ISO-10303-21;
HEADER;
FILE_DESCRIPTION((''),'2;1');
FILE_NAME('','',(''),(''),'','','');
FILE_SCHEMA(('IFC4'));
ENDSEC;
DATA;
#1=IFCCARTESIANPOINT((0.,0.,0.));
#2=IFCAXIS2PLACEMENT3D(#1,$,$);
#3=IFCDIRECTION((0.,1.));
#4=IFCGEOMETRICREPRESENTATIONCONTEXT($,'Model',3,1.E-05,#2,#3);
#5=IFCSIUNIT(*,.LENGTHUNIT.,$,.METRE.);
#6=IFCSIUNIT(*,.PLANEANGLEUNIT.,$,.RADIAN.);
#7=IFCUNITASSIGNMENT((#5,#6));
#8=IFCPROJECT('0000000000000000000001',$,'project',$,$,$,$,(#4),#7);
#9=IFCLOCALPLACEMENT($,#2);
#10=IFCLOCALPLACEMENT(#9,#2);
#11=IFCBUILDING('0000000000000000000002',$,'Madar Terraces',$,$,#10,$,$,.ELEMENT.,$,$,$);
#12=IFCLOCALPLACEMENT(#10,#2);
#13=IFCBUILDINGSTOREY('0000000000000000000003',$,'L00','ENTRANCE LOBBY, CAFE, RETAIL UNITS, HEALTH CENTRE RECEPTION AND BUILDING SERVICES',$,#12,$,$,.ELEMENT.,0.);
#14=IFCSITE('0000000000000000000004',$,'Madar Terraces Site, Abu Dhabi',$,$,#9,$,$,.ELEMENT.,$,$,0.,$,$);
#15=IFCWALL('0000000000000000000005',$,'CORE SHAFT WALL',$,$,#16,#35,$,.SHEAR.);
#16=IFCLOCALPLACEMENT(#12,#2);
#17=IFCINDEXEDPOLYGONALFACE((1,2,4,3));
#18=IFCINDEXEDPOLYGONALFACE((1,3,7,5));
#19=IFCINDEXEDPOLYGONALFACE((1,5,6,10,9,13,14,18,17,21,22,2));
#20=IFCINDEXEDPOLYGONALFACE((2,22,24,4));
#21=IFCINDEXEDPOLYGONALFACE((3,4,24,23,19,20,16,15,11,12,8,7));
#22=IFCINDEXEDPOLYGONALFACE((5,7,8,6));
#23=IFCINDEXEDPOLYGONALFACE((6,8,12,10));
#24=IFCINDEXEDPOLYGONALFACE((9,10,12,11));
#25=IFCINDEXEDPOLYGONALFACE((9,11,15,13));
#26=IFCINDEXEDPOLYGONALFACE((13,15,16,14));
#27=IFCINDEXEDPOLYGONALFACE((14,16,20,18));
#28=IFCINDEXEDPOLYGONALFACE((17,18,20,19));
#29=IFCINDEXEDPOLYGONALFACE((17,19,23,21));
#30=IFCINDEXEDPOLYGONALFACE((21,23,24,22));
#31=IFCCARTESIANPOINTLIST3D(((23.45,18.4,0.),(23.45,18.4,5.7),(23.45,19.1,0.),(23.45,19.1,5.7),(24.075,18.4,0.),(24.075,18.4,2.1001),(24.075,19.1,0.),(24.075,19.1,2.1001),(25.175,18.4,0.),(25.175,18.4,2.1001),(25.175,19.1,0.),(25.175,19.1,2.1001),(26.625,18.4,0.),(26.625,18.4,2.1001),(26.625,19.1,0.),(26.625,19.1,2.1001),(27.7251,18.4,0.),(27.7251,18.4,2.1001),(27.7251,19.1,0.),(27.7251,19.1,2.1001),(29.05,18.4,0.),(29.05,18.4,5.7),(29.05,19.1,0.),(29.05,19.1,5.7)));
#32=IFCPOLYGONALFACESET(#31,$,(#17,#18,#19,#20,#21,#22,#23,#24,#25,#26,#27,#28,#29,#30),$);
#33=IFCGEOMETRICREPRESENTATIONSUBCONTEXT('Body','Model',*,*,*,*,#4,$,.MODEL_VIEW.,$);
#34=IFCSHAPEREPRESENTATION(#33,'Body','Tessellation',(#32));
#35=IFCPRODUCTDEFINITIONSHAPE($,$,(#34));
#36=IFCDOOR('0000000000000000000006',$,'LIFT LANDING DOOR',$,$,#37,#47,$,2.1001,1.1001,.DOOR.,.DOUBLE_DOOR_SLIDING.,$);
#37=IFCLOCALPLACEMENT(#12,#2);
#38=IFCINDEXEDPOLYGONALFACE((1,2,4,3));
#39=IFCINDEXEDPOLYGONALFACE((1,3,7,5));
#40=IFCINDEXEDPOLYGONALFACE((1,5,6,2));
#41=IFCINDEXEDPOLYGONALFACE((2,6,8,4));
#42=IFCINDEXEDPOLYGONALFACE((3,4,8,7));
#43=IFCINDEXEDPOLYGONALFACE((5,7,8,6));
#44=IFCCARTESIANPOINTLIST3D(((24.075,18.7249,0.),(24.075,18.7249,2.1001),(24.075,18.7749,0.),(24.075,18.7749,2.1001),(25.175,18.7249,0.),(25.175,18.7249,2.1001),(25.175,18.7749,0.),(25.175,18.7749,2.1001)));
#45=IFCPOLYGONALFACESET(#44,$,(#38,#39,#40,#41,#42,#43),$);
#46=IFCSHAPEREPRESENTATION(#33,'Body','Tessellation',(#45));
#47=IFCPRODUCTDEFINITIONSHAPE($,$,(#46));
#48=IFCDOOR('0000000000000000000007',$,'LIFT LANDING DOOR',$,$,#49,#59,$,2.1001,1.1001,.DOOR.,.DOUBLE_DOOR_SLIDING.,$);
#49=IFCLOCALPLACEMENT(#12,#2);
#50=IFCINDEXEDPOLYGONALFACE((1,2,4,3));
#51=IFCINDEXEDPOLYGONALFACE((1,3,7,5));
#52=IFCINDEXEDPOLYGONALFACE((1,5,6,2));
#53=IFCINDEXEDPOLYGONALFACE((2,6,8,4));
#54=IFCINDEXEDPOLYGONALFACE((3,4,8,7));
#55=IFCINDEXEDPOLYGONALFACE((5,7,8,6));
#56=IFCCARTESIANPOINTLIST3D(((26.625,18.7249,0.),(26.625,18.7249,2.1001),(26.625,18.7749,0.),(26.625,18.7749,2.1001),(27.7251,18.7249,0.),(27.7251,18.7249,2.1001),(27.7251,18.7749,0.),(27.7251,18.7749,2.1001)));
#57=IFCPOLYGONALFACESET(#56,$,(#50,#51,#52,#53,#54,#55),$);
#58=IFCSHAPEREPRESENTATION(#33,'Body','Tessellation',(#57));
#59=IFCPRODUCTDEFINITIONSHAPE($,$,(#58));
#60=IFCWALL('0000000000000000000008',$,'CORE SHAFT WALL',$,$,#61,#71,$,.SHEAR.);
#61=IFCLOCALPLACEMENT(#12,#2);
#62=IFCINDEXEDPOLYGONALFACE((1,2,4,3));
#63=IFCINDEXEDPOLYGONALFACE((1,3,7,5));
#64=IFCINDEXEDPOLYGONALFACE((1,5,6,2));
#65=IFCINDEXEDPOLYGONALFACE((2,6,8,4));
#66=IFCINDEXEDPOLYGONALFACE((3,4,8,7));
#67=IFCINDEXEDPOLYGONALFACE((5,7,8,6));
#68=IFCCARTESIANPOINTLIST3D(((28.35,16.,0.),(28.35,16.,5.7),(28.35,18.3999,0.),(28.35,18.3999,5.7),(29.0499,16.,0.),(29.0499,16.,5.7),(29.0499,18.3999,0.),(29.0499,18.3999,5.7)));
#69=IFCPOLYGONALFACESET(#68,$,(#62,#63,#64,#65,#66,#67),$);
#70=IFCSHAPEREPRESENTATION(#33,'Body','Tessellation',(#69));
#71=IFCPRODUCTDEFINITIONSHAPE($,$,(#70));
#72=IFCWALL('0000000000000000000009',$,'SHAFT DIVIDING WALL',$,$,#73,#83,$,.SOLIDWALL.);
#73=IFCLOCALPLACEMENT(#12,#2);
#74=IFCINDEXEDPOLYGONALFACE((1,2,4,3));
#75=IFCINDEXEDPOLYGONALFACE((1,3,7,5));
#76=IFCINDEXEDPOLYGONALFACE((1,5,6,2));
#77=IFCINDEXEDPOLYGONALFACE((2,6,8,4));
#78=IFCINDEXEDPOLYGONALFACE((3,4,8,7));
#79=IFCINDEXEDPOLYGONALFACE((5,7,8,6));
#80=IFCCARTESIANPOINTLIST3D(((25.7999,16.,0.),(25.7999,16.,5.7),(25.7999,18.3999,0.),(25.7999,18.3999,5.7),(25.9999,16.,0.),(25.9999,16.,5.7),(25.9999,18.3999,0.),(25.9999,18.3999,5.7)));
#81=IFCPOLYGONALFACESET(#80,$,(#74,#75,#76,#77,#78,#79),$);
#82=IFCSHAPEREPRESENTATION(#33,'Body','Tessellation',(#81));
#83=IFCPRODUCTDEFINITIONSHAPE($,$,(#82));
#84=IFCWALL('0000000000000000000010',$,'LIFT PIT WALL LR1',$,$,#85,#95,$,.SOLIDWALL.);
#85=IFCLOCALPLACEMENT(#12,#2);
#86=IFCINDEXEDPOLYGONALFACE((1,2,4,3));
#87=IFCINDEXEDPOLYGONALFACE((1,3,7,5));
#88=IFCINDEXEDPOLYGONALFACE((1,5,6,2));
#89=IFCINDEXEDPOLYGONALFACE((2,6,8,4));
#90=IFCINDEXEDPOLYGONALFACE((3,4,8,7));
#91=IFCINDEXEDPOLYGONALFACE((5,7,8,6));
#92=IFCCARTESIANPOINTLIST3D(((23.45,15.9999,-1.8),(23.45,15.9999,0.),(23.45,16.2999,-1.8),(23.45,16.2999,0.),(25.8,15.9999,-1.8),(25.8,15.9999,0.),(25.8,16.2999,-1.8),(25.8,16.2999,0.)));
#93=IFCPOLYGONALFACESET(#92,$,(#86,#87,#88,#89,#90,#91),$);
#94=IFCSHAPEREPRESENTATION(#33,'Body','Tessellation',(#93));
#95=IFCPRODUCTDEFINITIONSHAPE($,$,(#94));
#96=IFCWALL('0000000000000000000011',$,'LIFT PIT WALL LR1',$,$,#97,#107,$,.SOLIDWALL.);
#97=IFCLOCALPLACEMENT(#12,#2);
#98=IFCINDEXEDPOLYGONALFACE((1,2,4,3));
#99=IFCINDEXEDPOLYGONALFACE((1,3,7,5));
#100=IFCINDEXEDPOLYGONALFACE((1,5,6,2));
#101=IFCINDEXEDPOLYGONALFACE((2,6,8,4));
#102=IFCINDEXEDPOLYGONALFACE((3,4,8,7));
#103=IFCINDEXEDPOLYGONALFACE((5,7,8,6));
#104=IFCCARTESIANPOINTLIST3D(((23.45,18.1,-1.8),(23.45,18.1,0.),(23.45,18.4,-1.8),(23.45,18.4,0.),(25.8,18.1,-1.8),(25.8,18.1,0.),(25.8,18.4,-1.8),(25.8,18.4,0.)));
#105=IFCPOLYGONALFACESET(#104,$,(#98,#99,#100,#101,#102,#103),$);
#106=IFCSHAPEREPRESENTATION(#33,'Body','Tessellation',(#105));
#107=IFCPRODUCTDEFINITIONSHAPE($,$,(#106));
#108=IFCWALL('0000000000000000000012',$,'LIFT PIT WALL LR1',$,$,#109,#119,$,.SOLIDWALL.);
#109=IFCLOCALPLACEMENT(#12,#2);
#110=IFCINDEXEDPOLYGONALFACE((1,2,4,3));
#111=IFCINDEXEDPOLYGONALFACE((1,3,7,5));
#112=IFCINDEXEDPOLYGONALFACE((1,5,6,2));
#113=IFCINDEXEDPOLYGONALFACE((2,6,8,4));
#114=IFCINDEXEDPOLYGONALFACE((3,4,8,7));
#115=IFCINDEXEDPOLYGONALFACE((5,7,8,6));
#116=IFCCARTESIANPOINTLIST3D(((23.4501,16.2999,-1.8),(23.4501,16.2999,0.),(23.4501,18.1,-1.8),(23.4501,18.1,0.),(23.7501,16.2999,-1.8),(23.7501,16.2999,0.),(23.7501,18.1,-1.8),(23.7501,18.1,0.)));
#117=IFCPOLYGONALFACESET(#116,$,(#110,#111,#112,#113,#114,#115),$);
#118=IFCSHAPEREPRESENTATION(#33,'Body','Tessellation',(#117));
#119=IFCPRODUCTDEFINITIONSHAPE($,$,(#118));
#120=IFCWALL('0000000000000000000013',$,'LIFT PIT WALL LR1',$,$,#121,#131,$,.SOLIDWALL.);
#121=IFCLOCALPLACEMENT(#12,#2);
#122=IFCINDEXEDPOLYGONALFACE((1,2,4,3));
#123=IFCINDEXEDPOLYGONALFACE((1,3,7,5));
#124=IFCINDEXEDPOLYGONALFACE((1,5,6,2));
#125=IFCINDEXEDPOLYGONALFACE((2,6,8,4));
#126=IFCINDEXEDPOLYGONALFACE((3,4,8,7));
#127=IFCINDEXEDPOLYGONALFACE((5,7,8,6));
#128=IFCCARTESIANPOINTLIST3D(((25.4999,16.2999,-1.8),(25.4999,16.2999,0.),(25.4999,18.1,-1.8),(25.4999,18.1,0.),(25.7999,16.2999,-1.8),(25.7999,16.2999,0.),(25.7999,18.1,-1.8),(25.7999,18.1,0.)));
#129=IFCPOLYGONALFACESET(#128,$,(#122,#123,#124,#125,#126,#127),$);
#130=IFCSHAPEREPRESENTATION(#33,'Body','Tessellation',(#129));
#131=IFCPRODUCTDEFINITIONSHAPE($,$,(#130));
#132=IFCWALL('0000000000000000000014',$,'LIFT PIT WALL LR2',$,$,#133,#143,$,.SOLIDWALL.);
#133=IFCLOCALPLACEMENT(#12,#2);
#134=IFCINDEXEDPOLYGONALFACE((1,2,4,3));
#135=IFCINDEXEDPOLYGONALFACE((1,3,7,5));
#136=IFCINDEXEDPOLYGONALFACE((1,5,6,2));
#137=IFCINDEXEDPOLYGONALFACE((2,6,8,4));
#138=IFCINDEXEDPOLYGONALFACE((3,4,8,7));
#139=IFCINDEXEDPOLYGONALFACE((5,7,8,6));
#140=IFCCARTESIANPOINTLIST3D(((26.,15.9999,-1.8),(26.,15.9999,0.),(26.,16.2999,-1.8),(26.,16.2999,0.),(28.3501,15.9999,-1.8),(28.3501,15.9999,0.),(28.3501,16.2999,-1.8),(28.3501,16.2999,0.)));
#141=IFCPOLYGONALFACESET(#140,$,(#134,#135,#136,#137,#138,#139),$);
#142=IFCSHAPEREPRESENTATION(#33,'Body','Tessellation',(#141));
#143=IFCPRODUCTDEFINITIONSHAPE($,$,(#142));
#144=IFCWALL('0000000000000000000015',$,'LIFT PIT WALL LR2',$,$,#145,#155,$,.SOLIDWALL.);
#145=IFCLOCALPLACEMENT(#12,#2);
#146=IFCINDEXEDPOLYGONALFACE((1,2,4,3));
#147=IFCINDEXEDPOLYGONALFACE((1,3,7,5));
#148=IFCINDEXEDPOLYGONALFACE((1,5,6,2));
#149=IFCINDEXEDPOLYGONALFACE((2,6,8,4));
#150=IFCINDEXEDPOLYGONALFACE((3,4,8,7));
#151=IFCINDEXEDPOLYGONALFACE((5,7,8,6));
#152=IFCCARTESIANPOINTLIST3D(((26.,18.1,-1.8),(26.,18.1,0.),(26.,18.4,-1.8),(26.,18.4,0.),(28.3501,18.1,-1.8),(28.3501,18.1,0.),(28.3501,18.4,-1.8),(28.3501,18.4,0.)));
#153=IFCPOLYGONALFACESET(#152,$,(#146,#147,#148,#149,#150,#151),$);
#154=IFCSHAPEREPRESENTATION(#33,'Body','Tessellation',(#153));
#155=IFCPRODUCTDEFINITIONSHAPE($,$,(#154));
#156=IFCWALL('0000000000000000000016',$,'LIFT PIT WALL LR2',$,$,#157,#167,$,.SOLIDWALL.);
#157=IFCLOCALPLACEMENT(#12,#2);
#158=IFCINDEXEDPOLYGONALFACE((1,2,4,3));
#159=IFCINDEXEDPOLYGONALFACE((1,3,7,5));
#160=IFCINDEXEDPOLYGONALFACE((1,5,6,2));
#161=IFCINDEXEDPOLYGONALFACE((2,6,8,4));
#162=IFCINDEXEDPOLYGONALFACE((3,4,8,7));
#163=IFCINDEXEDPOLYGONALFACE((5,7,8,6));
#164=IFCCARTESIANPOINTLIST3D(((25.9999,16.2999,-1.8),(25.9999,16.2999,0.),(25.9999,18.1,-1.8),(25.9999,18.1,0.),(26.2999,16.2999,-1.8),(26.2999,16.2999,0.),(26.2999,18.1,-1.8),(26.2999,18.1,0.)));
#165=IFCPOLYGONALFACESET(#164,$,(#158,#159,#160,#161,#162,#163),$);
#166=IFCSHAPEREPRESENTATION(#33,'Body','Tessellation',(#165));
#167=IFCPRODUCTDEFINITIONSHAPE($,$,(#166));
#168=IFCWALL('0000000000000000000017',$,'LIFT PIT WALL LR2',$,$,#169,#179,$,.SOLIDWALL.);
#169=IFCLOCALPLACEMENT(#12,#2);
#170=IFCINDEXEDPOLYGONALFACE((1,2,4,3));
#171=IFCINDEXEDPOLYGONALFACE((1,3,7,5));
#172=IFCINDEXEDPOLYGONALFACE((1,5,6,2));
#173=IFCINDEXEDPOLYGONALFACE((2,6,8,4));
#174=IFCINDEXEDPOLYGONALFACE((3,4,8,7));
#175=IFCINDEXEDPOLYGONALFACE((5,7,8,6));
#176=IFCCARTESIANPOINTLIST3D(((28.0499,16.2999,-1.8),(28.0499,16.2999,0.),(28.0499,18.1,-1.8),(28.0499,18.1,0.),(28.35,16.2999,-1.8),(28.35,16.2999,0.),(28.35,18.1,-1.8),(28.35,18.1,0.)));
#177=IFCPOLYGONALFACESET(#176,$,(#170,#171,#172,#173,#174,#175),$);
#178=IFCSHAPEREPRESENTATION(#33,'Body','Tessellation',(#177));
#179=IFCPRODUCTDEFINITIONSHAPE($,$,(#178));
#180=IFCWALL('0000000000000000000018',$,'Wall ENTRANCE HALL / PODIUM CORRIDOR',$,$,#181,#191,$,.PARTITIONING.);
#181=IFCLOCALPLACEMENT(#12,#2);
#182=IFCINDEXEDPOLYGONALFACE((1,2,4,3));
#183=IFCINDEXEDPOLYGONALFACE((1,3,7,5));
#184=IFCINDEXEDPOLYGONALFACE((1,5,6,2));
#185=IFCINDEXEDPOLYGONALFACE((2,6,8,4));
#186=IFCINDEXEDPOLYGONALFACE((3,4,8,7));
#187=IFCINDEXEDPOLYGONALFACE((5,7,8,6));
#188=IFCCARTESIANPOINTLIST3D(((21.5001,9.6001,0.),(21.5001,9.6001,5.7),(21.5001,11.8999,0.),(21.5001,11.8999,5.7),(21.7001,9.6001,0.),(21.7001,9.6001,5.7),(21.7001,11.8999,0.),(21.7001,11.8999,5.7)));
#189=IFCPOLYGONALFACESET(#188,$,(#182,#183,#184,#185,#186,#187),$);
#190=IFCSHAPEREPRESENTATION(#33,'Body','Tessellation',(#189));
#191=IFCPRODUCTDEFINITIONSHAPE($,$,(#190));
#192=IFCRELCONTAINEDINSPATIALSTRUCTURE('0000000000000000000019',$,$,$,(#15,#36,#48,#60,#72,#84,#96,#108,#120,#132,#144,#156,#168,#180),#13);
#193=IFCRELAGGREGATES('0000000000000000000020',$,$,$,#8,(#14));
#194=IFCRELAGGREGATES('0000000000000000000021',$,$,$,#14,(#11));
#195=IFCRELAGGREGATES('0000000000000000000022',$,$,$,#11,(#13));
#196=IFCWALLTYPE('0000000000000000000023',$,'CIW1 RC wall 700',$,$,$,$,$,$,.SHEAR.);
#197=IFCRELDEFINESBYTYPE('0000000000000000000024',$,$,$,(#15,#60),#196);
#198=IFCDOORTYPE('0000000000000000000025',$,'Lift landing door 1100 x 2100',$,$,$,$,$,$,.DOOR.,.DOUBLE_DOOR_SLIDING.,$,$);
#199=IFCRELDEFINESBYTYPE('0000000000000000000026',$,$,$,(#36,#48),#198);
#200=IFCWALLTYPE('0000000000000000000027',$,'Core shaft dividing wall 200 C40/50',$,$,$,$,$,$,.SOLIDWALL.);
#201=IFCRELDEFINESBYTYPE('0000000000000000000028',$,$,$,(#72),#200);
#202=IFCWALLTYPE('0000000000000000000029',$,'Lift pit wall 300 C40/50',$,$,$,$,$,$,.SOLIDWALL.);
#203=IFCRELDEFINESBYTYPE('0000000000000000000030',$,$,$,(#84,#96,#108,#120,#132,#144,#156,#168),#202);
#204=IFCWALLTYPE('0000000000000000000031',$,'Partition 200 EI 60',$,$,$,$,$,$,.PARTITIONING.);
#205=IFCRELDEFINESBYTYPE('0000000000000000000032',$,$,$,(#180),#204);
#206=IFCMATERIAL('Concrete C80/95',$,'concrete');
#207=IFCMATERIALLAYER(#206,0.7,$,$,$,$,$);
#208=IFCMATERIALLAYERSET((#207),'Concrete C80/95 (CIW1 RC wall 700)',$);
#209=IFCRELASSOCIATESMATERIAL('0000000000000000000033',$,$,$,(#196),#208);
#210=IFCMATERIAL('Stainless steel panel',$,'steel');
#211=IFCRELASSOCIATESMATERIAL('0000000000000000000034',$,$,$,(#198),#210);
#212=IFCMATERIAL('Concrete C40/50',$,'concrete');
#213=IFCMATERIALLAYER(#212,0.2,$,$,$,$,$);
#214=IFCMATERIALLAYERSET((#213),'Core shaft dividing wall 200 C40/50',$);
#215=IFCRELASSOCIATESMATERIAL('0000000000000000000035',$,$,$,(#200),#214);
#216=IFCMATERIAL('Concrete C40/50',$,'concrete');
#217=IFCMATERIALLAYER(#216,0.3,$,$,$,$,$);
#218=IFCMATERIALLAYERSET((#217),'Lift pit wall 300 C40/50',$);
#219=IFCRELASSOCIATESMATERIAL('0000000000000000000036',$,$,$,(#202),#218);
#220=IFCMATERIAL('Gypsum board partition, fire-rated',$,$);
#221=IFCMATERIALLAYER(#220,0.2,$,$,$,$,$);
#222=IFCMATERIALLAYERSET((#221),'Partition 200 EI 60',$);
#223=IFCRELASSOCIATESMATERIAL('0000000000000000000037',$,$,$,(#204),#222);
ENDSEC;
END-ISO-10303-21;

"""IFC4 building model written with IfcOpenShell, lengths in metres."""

from ifc_helpers import new_model, si_unit, direction, frame, frame_2d, origin, place, context, subcontext, project, spatial, rectangle, extrude, material, layer, layer_set, type_object, element, fill, save


model = new_model("IFC4")

# Units and contexts
model_context = context("Model", 3, precision=1e-05, world=origin(), true_north=direction((0.0, 1.0)))
body_context = subcontext(model_context, "Body", "Model", "MODEL_VIEW")
ifc_project = project(units=[si_unit("LENGTHUNIT", "METRE"), si_unit("PLANEANGLEUNIT", "RADIAN")], contexts=[model_context])

# Site, building, storey
site_placement = place(None, origin())
site = spatial("IfcSite", under=ifc_project, at=site_placement, Name="Madar Terraces Site, Abu Dhabi", CompositionType="ELEMENT", RefElevation=0.0)
building_placement = place(site_placement, origin())
building = spatial("IfcBuilding", under=site, at=building_placement, Name="Madar Terraces", CompositionType="ELEMENT")
storey_placement = place(building_placement, origin())
storey = spatial("IfcBuildingStorey", under=building, at=storey_placement, Name="L00", Description="ENTRANCE LOBBY, CAFE, RETAIL UNITS, HEALTH CENTRE RECEPTION AND BUILDING SERVICES", CompositionType="ELEMENT", Elevation=0.0)

# Shared definitions
ifc_material_1 = material(Name="Concrete C80/95", Category="concrete")
ifc_layer_1 = layer(ifc_material_1, 0.7)
ifc_layer_set_1 = layer_set([ifc_layer_1], Name="Concrete C80/95 (CIW1 RC wall 700)")
wall_type_1 = type_object("IfcWallType", Name="CIW1 RC wall 700", PredefinedType="SHEAR", material=ifc_layer_set_1)

# Wall, openings, doors
wall_1_placement = place(storey_placement, frame((23.45, 18.75, 0.0), z_axis=(0.0, 0.0, 1.0), x_axis=(1.0, 0.0, 0.0)))
wall_1 = element("IfcWall", 1, at=wall_1_placement, inside=storey, type_object=wall_type_1, Name="CORE SHAFT WALL", PredefinedType="SHEAR", context=body_context, shape_type="SweptSolid", body=[
    extrude(rectangle(XDim=5.6001, YDim=0.7, at=frame_2d((2.8, 0.0))), origin(), (0.0, 0.0, 1.0), 5.7),
])
opening_1_placement = place(wall_1_placement, frame((0.625, 0.0, 0.0)))
opening_1 = element("IfcOpeningElement", 2, at=opening_1_placement, cuts=wall_1, PredefinedType="OPENING", context=body_context, shape_type="SweptSolid", body=[
    extrude(rectangle(XDim=1.1001, YDim=2.1001, at=frame_2d((0.55, 1.05))), frame((0.0, 0.3599, 0.0), z_axis=(0.0, -1.0, 0.0), x_axis=(1.0, 0.0, 0.0)), (0.0, 0.0, 1.0), 0.72),
])
opening_2_placement = place(wall_1_placement, frame((3.175, 0.0, 0.0)))
opening_2 = element("IfcOpeningElement", 3, at=opening_2_placement, cuts=wall_1, PredefinedType="OPENING", context=body_context, shape_type="SweptSolid", body=[
    extrude(rectangle(XDim=1.1001, YDim=2.1001, at=frame_2d((0.55, 1.05))), frame((0.0, 0.3599, 0.0), z_axis=(0.0, -1.0, 0.0), x_axis=(1.0, 0.0, 0.0)), (0.0, 0.0, 1.0), 0.72),
])
ifc_material_2 = material(Name="Stainless steel panel", Category="steel")
door_type = type_object("IfcDoorType", Name="Lift landing door 1100 x 2100", OperationType="DOUBLE_DOOR_SLIDING", PredefinedType="DOOR", material=ifc_material_2)
door_1_placement = place(opening_1_placement, origin())
door_1 = element("IfcDoor", 4, at=door_1_placement, inside=storey, type_object=door_type, Name="LIFT LANDING DOOR", OperationType="DOUBLE_DOOR_SLIDING", OverallHeight=2.1001, OverallWidth=1.1001, PredefinedType="DOOR", context=body_context, shape_type="SweptSolid", body=[
    extrude(rectangle(XDim=1.1001, YDim=2.1001, at=frame_2d((0.55, 1.05))), frame((0.0, 0.0249, 0.0), z_axis=(0.0, -1.0, 0.0), x_axis=(1.0, 0.0, 0.0)), (0.0, 0.0, 1.0), 0.05),
])
fill(opening_1, door_1)
door_2_placement = place(opening_2_placement, origin())
door_2 = element("IfcDoor", 5, at=door_2_placement, inside=storey, type_object=door_type, Name="LIFT LANDING DOOR", OperationType="DOUBLE_DOOR_SLIDING", OverallHeight=2.1001, OverallWidth=1.1001, PredefinedType="DOOR", context=body_context, shape_type="SweptSolid", body=[
    extrude(rectangle(XDim=1.1001, YDim=2.1001, at=frame_2d((0.55, 1.05))), frame((0.0, 0.0249, 0.0), z_axis=(0.0, -1.0, 0.0), x_axis=(1.0, 0.0, 0.0)), (0.0, 0.0, 1.0), 0.05),
])
fill(opening_2, door_2)

# Walls
wall_2_placement = place(storey_placement, frame((28.7, 16.0, 0.0), z_axis=(0.0, 0.0, 1.0), x_axis=(0.0, 1.0, 0.0)))
element("IfcWall", 6, at=wall_2_placement, inside=storey, type_object=wall_type_1, Name="CORE SHAFT WALL", PredefinedType="SHEAR", context=body_context, shape_type="SweptSolid", body=[
    extrude(rectangle(XDim=2.3999, YDim=0.7, at=frame_2d((1.2, 0.0))), origin(), (0.0, 0.0, 1.0), 5.7),
])
ifc_material_3 = material(Name="Concrete C40/50", Category="concrete")
ifc_layer_2 = layer(ifc_material_3, 0.2)
ifc_layer_set_2 = layer_set([ifc_layer_2], Name="Core shaft dividing wall 200 C40/50")
wall_type_2 = type_object("IfcWallType", Name="Core shaft dividing wall 200 C40/50", PredefinedType="SOLIDWALL", material=ifc_layer_set_2)
wall_3_placement = place(storey_placement, frame((25.8999, 16.0, 0.0), z_axis=(0.0, 0.0, 1.0), x_axis=(0.0, 1.0, 0.0)))
element("IfcWall", 7, at=wall_3_placement, inside=storey, type_object=wall_type_2, Name="SHAFT DIVIDING WALL", PredefinedType="SOLIDWALL", context=body_context, shape_type="SweptSolid", body=[
    extrude(rectangle(XDim=2.3999, YDim=0.2, at=frame_2d((1.2, 0.0))), origin(), (0.0, 0.0, 1.0), 5.7),
])
ifc_material_4 = material(Name="Concrete C40/50", Category="concrete")
ifc_layer_3 = layer(ifc_material_4, 0.3)
ifc_layer_set_3 = layer_set([ifc_layer_3], Name="Lift pit wall 300 C40/50")
wall_type_3 = type_object("IfcWallType", Name="Lift pit wall 300 C40/50", PredefinedType="SOLIDWALL", material=ifc_layer_set_3)
for number, where, z_axis, x_axis, name in (
    (8, (23.45, 16.1499, -1.8), (0.0, 0.0, 1.0), (1.0, 0.0, 0.0), "LIFT PIT WALL LR1"),
    (9, (23.45, 18.25, -1.8), (0.0, 0.0, 1.0), (1.0, 0.0, 0.0), "LIFT PIT WALL LR1"),
):
    element("IfcWall", number, at=place(storey_placement, frame(where, z_axis=z_axis, x_axis=x_axis)), inside=storey, type_object=wall_type_3, Name=name, PredefinedType="SOLIDWALL", context=body_context, shape_type="SweptSolid", body=[
        extrude(rectangle(XDim=2.3501, YDim=0.3, at=frame_2d((1.175, 0.0))), origin(), (0.0, 0.0, 1.0), 1.8),
    ])
for number, where, z_axis, x_axis, name in (
    (10, (23.6001, 16.3, -1.8), (0.0, 0.0, 1.0), (0.0, 1.0, 0.0), "LIFT PIT WALL LR1"),
    (11, (25.6499, 16.3, -1.8), (0.0, 0.0, 1.0), (0.0, 1.0, 0.0), "LIFT PIT WALL LR1"),
):
    element("IfcWall", number, at=place(storey_placement, frame(where, z_axis=z_axis, x_axis=x_axis)), inside=storey, type_object=wall_type_3, Name=name, PredefinedType="SOLIDWALL", context=body_context, shape_type="SweptSolid", body=[
        extrude(rectangle(XDim=1.8, YDim=0.3, at=frame_2d((0.8999, 0.0))), origin(), (0.0, 0.0, 1.0), 1.8),
    ])
for number, where, z_axis, x_axis, name in (
    (12, (26.0, 16.1499, -1.8), (0.0, 0.0, 1.0), (1.0, 0.0, 0.0), "LIFT PIT WALL LR2"),
    (13, (26.0, 18.25, -1.8), (0.0, 0.0, 1.0), (1.0, 0.0, 0.0), "LIFT PIT WALL LR2"),
):
    element("IfcWall", number, at=place(storey_placement, frame(where, z_axis=z_axis, x_axis=x_axis)), inside=storey, type_object=wall_type_3, Name=name, PredefinedType="SOLIDWALL", context=body_context, shape_type="SweptSolid", body=[
        extrude(rectangle(XDim=2.3501, YDim=0.3, at=frame_2d((1.175, 0.0))), origin(), (0.0, 0.0, 1.0), 1.8),
    ])
for number, where, z_axis, x_axis, name in (
    (14, (26.1499, 16.3, -1.8), (0.0, 0.0, 1.0), (0.0, 1.0, 0.0), "LIFT PIT WALL LR2"),
    (15, (28.2, 16.3, -1.8), (0.0, 0.0, 1.0), (0.0, 1.0, 0.0), "LIFT PIT WALL LR2"),
):
    element("IfcWall", number, at=place(storey_placement, frame(where, z_axis=z_axis, x_axis=x_axis)), inside=storey, type_object=wall_type_3, Name=name, PredefinedType="SOLIDWALL", context=body_context, shape_type="SweptSolid", body=[
        extrude(rectangle(XDim=1.8, YDim=0.3, at=frame_2d((0.8999, 0.0))), origin(), (0.0, 0.0, 1.0), 1.8),
    ])
ifc_material_5 = material(Name="Gypsum board partition, fire-rated")
ifc_layer_4 = layer(ifc_material_5, 0.2)
ifc_layer_set_4 = layer_set([ifc_layer_4], Name="Partition 200 EI 60")
wall_type_4 = type_object("IfcWallType", Name="Partition 200 EI 60", PredefinedType="PARTITIONING", material=ifc_layer_set_4)
wall_4_placement = place(storey_placement, frame((21.6001, 9.6001, 0.0), z_axis=(0.0, 0.0, 1.0), x_axis=(0.0, 1.0, 0.0)))
element("IfcWall", 16, at=wall_4_placement, inside=storey, type_object=wall_type_4, Name="Wall ENTRANCE HALL / PODIUM CORRIDOR", PredefinedType="PARTITIONING", context=body_context, shape_type="SweptSolid", body=[
    extrude(rectangle(XDim=2.2998, YDim=0.2, at=frame_2d((1.1499, 0.0))), origin(), (0.0, 0.0, 1.0), 5.7),
])

save(model, "model.ifc")
